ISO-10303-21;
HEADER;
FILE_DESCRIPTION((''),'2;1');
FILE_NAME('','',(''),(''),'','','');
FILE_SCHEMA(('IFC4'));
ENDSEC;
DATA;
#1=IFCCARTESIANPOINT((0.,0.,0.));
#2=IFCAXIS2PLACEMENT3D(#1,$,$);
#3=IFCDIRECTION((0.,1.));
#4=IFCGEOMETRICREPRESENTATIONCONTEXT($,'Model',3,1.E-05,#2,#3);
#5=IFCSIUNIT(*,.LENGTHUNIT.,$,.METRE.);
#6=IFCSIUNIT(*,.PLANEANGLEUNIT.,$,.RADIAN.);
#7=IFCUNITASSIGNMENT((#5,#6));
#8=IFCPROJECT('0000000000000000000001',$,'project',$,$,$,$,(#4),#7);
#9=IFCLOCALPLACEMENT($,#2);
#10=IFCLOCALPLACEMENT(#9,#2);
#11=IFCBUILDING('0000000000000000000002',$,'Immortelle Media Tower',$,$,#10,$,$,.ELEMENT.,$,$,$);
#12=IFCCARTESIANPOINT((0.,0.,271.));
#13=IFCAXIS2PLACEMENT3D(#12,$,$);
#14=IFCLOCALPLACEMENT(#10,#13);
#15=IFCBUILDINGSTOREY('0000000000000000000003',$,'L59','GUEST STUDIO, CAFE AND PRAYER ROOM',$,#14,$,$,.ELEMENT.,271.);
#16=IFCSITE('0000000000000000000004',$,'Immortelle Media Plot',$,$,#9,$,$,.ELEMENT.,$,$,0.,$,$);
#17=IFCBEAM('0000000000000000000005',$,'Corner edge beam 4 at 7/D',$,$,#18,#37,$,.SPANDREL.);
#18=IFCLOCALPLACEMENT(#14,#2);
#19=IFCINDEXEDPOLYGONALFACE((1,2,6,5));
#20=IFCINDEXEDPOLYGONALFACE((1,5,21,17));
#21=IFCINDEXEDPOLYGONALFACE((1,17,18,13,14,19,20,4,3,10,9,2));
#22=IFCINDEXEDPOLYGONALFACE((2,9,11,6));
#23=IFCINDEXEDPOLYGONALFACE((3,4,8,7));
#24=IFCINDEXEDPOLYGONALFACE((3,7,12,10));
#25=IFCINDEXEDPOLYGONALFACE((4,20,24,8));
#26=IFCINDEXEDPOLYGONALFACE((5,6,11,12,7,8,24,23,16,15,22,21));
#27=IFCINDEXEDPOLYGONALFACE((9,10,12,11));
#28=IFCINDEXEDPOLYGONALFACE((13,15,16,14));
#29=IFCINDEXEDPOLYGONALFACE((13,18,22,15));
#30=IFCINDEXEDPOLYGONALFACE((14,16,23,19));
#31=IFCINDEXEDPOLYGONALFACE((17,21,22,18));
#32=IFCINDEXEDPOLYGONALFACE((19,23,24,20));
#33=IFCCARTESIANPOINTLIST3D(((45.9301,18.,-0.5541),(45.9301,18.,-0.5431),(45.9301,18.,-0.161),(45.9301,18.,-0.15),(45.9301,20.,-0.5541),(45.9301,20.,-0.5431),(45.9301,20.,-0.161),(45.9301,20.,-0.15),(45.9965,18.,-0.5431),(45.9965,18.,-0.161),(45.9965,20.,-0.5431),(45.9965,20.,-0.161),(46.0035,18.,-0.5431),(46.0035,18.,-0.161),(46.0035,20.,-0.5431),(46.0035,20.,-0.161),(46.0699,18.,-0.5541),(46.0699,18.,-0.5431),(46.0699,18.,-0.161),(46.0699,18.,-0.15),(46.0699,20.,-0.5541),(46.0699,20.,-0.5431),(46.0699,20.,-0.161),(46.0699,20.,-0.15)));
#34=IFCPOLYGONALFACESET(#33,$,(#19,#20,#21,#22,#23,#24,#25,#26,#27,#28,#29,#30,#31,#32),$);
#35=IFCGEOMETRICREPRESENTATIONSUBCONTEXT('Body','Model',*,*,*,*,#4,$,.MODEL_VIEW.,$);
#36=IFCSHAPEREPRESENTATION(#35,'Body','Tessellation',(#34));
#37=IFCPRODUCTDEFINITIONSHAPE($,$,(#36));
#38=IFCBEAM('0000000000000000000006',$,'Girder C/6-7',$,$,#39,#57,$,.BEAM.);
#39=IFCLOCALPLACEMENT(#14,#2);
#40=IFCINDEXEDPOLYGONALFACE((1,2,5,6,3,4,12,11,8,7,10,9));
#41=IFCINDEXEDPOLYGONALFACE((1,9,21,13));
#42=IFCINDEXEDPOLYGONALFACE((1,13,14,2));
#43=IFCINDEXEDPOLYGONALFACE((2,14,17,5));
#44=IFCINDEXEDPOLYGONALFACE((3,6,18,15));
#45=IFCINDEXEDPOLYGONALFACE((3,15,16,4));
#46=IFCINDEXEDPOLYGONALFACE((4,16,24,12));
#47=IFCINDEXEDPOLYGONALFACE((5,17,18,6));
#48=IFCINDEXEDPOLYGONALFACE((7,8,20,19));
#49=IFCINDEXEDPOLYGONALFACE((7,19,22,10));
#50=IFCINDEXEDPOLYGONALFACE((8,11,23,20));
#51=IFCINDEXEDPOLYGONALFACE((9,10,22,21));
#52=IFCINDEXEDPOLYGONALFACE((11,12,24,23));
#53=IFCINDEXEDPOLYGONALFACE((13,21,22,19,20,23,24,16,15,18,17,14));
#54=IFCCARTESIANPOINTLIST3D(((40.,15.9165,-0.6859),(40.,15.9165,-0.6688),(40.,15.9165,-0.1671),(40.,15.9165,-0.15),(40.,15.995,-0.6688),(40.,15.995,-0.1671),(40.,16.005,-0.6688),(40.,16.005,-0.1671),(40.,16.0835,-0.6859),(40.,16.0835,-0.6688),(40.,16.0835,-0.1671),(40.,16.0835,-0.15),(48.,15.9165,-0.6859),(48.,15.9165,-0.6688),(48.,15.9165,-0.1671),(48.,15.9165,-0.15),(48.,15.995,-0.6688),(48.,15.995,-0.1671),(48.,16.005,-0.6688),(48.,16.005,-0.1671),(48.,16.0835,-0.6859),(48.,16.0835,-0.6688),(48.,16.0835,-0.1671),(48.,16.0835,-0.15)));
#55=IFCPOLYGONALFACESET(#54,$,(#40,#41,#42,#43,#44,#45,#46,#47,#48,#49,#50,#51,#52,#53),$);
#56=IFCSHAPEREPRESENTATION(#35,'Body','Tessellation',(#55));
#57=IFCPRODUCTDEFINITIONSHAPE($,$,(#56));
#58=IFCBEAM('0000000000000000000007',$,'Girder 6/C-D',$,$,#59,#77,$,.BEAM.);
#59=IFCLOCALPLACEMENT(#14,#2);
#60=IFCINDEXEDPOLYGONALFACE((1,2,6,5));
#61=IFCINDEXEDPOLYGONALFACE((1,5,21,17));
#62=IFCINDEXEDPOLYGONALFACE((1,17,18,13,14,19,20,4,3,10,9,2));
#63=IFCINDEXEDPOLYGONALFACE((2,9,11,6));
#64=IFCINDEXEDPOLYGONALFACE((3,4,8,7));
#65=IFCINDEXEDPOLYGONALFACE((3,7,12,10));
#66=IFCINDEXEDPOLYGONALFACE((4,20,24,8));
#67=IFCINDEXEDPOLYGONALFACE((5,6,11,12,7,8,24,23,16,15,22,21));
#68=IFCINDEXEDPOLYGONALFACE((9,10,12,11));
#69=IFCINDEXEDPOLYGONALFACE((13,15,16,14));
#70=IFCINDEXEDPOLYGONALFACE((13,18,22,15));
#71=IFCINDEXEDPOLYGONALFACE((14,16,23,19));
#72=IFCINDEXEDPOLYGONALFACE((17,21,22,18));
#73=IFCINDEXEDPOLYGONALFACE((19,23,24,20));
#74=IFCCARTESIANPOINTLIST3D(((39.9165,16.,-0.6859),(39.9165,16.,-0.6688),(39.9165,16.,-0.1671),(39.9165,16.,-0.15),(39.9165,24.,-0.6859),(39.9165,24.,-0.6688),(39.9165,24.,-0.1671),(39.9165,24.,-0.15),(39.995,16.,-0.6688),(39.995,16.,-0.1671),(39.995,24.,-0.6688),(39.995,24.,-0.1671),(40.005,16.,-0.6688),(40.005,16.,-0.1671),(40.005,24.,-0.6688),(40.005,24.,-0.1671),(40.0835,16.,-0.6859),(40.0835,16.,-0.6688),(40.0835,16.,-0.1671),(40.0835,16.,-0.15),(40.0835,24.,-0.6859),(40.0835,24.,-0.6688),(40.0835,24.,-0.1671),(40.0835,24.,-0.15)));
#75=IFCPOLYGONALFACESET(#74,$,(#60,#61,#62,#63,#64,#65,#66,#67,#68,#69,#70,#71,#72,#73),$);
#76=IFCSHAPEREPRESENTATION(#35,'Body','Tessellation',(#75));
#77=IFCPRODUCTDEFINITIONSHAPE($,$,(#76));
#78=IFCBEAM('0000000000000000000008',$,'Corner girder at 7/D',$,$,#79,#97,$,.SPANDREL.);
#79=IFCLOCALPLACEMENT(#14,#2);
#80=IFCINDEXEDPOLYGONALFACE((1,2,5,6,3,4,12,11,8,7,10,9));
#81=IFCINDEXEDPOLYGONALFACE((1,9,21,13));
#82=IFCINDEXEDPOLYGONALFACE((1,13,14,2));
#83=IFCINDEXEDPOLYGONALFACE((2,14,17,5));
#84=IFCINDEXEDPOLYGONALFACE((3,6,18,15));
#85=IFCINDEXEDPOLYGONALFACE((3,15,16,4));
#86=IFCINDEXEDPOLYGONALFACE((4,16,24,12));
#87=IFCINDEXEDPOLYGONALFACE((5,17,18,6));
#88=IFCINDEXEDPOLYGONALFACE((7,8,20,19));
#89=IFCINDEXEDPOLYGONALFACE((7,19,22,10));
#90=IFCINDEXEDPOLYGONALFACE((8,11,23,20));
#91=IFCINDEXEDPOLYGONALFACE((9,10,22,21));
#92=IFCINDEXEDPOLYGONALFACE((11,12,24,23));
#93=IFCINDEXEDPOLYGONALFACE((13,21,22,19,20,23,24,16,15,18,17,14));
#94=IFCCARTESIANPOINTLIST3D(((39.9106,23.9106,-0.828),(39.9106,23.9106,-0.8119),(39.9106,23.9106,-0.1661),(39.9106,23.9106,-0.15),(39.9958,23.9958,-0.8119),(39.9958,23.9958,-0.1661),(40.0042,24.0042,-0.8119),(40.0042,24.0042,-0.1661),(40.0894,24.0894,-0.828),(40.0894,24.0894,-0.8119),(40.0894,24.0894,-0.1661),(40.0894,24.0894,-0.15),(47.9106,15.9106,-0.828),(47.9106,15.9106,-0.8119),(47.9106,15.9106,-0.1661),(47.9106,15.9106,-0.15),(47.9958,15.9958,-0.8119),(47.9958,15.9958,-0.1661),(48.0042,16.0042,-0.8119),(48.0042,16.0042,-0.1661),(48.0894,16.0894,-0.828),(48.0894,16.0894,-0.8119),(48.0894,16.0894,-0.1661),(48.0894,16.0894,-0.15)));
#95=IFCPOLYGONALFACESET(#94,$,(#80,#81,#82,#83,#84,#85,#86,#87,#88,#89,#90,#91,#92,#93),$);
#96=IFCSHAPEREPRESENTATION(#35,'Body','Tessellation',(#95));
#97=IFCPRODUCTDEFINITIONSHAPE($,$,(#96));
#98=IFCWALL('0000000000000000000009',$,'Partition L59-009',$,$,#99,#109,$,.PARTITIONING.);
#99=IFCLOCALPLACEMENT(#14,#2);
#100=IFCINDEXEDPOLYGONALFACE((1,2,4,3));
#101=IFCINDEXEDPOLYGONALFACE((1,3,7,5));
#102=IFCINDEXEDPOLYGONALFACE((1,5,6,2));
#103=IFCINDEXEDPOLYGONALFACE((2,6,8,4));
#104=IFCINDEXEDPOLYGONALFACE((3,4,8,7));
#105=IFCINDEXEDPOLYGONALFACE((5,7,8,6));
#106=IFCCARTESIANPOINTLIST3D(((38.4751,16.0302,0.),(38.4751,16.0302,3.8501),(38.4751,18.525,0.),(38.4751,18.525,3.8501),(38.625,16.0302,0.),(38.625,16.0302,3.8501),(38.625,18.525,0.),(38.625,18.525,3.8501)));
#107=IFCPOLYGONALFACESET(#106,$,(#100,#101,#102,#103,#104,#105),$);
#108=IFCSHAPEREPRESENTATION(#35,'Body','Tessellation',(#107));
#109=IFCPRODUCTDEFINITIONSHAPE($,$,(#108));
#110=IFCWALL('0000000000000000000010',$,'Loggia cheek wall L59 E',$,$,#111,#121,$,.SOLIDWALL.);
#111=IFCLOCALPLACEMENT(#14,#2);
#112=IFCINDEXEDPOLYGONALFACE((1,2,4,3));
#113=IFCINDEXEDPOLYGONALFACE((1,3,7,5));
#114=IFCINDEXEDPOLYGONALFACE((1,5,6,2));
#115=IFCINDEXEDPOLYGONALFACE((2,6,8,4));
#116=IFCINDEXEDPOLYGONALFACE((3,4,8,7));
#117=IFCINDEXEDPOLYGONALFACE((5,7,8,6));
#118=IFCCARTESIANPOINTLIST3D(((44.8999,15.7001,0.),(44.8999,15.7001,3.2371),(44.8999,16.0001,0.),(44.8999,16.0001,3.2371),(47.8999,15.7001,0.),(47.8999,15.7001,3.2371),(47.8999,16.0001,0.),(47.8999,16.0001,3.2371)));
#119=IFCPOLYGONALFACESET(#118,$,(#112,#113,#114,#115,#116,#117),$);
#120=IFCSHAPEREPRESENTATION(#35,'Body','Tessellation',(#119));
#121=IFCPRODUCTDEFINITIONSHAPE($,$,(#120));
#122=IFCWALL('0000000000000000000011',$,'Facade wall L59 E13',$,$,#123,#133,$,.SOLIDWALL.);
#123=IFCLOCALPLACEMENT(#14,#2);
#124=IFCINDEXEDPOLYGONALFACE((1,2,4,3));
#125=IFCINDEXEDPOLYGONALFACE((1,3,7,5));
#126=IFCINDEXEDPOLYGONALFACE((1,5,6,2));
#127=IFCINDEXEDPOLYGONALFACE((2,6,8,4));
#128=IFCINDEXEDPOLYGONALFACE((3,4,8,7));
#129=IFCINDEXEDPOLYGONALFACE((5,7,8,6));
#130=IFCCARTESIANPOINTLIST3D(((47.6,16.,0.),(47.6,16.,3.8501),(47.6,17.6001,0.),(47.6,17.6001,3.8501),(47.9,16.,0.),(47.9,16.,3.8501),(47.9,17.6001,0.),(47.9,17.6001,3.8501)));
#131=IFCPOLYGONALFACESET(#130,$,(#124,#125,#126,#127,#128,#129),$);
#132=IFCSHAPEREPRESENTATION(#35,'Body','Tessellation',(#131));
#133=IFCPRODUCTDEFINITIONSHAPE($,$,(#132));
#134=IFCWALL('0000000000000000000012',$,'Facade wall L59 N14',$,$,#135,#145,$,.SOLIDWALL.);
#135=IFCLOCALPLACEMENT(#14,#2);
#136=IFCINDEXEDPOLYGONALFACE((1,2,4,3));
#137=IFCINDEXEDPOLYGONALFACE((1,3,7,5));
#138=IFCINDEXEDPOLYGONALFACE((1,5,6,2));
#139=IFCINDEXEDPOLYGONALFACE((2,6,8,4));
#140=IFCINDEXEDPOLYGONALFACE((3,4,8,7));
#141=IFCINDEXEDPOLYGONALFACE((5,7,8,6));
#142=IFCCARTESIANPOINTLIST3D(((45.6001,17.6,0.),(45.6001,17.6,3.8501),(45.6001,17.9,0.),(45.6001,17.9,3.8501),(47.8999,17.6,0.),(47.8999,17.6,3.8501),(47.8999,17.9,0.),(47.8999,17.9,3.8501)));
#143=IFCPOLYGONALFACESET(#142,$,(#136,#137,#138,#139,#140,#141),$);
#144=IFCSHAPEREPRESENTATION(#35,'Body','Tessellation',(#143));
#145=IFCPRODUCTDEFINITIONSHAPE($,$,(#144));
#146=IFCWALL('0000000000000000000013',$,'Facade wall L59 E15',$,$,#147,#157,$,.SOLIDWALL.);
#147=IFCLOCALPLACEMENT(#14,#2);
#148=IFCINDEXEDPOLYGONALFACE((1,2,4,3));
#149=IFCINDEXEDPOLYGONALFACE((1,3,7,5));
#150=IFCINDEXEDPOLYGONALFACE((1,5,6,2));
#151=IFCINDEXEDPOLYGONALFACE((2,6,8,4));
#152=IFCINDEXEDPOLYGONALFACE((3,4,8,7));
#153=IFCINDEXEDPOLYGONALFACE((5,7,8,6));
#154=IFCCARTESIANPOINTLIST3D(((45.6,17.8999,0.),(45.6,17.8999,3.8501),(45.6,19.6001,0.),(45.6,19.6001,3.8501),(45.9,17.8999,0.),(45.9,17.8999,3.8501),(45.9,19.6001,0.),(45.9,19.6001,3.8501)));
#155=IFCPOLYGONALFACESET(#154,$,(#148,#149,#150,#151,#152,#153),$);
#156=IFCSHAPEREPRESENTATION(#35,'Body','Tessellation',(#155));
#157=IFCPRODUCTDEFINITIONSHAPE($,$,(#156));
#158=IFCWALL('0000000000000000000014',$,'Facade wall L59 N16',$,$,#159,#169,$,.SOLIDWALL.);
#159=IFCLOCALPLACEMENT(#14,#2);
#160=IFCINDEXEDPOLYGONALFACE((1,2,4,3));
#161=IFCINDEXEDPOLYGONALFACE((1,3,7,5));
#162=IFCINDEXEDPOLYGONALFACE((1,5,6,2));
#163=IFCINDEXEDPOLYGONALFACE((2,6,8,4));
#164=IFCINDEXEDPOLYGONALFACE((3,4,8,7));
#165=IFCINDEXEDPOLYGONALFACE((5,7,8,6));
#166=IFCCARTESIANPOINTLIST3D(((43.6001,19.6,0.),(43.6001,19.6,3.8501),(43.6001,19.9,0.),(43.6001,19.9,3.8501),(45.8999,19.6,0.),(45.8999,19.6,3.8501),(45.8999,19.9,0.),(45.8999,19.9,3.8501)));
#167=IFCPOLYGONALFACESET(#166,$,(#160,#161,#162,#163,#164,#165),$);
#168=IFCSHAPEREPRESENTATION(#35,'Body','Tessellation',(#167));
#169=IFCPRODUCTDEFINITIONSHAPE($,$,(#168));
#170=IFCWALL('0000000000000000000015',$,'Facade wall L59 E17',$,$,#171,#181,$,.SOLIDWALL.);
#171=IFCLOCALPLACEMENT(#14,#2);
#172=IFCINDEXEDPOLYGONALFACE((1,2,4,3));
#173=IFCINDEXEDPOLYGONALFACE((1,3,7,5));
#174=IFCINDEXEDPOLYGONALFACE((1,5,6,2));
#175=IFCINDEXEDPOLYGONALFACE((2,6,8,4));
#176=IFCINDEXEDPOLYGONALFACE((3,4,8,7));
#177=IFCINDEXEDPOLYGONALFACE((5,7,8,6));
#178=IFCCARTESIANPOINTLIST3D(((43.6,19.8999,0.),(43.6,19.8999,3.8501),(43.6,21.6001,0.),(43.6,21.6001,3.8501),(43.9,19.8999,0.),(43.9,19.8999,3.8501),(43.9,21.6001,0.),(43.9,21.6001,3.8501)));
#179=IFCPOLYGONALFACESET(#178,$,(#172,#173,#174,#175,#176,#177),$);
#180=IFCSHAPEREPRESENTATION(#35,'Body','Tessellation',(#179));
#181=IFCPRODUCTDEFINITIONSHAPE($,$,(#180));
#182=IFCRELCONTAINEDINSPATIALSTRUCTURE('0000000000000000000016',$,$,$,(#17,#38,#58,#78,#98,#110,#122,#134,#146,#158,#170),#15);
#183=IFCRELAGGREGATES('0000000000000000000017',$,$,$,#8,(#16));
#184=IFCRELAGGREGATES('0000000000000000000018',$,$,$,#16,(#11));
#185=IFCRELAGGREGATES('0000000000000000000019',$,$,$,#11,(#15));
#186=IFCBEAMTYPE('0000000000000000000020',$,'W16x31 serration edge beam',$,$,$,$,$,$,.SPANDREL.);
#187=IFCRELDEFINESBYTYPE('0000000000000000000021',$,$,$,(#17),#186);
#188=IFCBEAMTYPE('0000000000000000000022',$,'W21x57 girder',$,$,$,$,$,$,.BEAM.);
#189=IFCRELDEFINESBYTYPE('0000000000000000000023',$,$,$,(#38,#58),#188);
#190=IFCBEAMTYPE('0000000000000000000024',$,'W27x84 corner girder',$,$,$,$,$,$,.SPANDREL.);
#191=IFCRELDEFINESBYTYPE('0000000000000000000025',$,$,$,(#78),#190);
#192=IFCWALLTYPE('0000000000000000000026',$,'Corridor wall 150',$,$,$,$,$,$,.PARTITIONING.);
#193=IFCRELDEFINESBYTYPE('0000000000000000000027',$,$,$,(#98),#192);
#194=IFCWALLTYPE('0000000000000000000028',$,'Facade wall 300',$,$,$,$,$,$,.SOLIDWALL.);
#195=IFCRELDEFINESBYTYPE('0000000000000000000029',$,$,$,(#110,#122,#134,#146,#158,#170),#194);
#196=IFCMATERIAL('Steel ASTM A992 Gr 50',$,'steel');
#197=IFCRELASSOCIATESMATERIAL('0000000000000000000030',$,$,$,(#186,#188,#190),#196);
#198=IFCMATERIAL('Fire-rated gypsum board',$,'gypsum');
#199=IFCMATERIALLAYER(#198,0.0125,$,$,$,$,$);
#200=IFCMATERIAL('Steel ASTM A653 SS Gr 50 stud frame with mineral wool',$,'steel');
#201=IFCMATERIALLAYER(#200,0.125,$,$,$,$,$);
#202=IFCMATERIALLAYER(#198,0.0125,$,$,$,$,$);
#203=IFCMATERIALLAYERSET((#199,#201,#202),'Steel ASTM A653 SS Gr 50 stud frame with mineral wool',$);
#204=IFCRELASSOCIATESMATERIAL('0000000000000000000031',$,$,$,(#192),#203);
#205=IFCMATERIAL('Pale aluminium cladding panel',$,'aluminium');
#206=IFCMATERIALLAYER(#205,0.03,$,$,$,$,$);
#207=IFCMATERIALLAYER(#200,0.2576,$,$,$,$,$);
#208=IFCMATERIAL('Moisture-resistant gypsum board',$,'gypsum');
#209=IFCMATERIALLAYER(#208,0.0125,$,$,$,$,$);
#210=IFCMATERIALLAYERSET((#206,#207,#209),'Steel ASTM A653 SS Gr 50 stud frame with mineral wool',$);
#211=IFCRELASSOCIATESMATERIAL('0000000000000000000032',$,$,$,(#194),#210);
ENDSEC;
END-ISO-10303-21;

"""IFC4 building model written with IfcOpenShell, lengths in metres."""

from ifc_helpers import new_model, si_unit, direction, frame, frame_2d, origin, origin_2d, place, context, subcontext, project, spatial, rectangle, i_section, extrude, material, layer, layer_set, material_profile, profile_set, type_object, element, save


model = new_model("IFC4")

# Units and contexts
model_context = context("Model", 3, precision=1e-05, world=origin(), true_north=direction((0.0, 1.0)))
body_context = subcontext(model_context, "Body", "Model", "MODEL_VIEW")
ifc_project = project(units=[si_unit("LENGTHUNIT", "METRE"), si_unit("PLANEANGLEUNIT", "RADIAN")], contexts=[model_context])

# Site, building, storey
site_placement = place(None, origin())
site = spatial("IfcSite", under=ifc_project, at=site_placement, Name="Immortelle Media Plot", CompositionType="ELEMENT", RefElevation=0.0)
building_placement = place(site_placement, origin())
building = spatial("IfcBuilding", under=site, at=building_placement, Name="Immortelle Media Tower", CompositionType="ELEMENT")
storey_placement = place(building_placement, frame((0.0, 0.0, 271.0)))
storey = spatial("IfcBuildingStorey", under=building, at=storey_placement, Name="L59", Description="GUEST STUDIO, CAFE AND PRAYER ROOM", CompositionType="ELEMENT", Elevation=271.0)

# Shared definitions
ifc_material_1 = material(Name="Steel ASTM A992 Gr 50", Category="steel")

# Beams
ifc_material_profile_1 = material_profile(ifc_material_1, i_section(OverallWidth=0.1399, OverallDepth=0.4041, WebThickness=0.0071, FlangeThickness=0.011, at=origin_2d()), Name="W16x31")
ifc_profile_set_1 = profile_set([ifc_material_profile_1], Name="Steel ASTM A992 Gr 50")
beam_type_1 = type_object("IfcBeamType", Name="W16x31 serration edge beam", PredefinedType="SPANDREL", material=ifc_profile_set_1)
for number, where, z_axis, x_axis, name in (
    (1, (46.0, 20.0, -0.3521), (0.0, -1.0, 0.0), (1.0, 0.0, 0.0), "Corner edge beam 4 at 7/D"),
):
    element("IfcBeam", number, at=place(storey_placement, frame(where, z_axis=z_axis, x_axis=x_axis)), inside=storey, type_object=beam_type_1, Name=name, PredefinedType="SPANDREL", context=body_context, shape_type="SweptSolid", body=[
        extrude(i_section(OverallWidth=0.1399, OverallDepth=0.4041, WebThickness=0.0071, FlangeThickness=0.011, at=origin_2d()), origin(), (0.0, 0.0, 1.0), 2.0),
    ])
ifc_material_profile_2 = material_profile(ifc_material_1, i_section(OverallWidth=0.167, OverallDepth=0.5359, WebThickness=0.01, FlangeThickness=0.0171, at=origin_2d()), Name="W21x57")
ifc_profile_set_2 = profile_set([ifc_material_profile_2], Name="Steel ASTM A992 Gr 50")
beam_type_2 = type_object("IfcBeamType", Name="W21x57 girder", PredefinedType="BEAM", material=ifc_profile_set_2)
for number, where, z_axis, x_axis, name in (
    (2, (40.0, 16.0, -0.418), (1.0, 0.0, 0.0), (0.0, 1.0, 0.0), "Girder C/6-7"),
    (3, (40.0, 16.0, -0.418), (0.0, 1.0, 0.0), (-1.0, 0.0, 0.0), "Girder 6/C-D"),
):
    element("IfcBeam", number, at=place(storey_placement, frame(where, z_axis=z_axis, x_axis=x_axis)), inside=storey, type_object=beam_type_2, Name=name, PredefinedType="BEAM", context=body_context, shape_type="SweptSolid", body=[
        extrude(i_section(OverallWidth=0.167, OverallDepth=0.5359, WebThickness=0.01, FlangeThickness=0.0171, at=origin_2d()), origin(), (0.0, 0.0, 1.0), 8.0),
    ])
ifc_material_profile_3 = material_profile(ifc_material_1, i_section(OverallWidth=0.2529, OverallDepth=0.678, WebThickness=0.012, FlangeThickness=0.0161, at=origin_2d()), Name="W27x84")
ifc_profile_set_3 = profile_set([ifc_material_profile_3], Name="Steel ASTM A992 Gr 50")
beam_type_3 = type_object("IfcBeamType", Name="W27x84 corner girder", PredefinedType="SPANDREL", material=ifc_profile_set_3)
beam_1_placement = place(storey_placement, frame((40.0, 24.0, -0.489), z_axis=(0.707107, -0.707107, 0.0), x_axis=(0.707107, 0.707107, 0.0)))
element("IfcBeam", 4, at=beam_1_placement, inside=storey, type_object=beam_type_3, Name="Corner girder at 7/D", PredefinedType="SPANDREL", context=body_context, shape_type="SweptSolid", body=[
    extrude(i_section(OverallWidth=0.2529, OverallDepth=0.678, WebThickness=0.012, FlangeThickness=0.0161, at=origin_2d()), origin(), (0.0, 0.0, 1.0), 11.3137),
])

# Walls
ifc_material_2 = material(Name="Fire-rated gypsum board", Category="gypsum")
ifc_layer_1 = layer(ifc_material_2, 0.0125)
ifc_material_3 = material(Name="Steel ASTM A653 SS Gr 50 stud frame with mineral wool", Category="steel")
ifc_layer_2 = layer(ifc_material_3, 0.125)
ifc_layer_3 = layer(ifc_material_2, 0.0125)
ifc_layer_set_1 = layer_set([ifc_layer_1, ifc_layer_2, ifc_layer_3], Name="Steel ASTM A653 SS Gr 50 stud frame with mineral wool")
wall_type_1 = type_object("IfcWallType", Name="Corridor wall 150", PredefinedType="PARTITIONING", material=ifc_layer_set_1)
wall_1_placement = place(storey_placement, frame((38.55, 16.03, 0.0), z_axis=(0.0, 0.0, 1.0), x_axis=(0.0, 1.0, 0.0)))
element("IfcWall", 5, at=wall_1_placement, inside=storey, type_object=wall_type_1, Name="Partition L59-009", PredefinedType="PARTITIONING", context=body_context, shape_type="SweptSolid", body=[
    extrude(rectangle(XDim=2.4949, YDim=0.1499, at=frame_2d((1.2476, 0.0))), origin(), (0.0, 0.0, 1.0), 3.8501),
])
ifc_material_4 = material(Name="Pale aluminium cladding panel", Category="aluminium")
ifc_layer_4 = layer(ifc_material_4, 0.03)
ifc_layer_5 = layer(ifc_material_3, 0.2576)
ifc_material_5 = material(Name="Moisture-resistant gypsum board", Category="gypsum")
ifc_layer_6 = layer(ifc_material_5, 0.0125)
ifc_layer_set_2 = layer_set([ifc_layer_4, ifc_layer_5, ifc_layer_6], Name="Steel ASTM A653 SS Gr 50 stud frame with mineral wool")
wall_type_2 = type_object("IfcWallType", Name="Facade wall 300", PredefinedType="SOLIDWALL", material=ifc_layer_set_2)
wall_2_placement = place(storey_placement, frame((47.8999, 15.8501, 0.0), z_axis=(0.0, 0.0, 1.0), x_axis=(-1.0, 0.0, 0.0)))
element("IfcWall", 6, at=wall_2_placement, inside=storey, type_object=wall_type_2, Name="Loggia cheek wall L59 E", PredefinedType="SOLIDWALL", context=body_context, shape_type="SweptSolid", body=[
    extrude(rectangle(XDim=3.0, YDim=0.3, at=frame_2d((1.5, 0.0))), origin(), (0.0, 0.0, 1.0), 3.2371),
])
wall_3_placement = place(storey_placement, frame((47.75, 16.0, 0.0), z_axis=(0.0, 0.0, 1.0), x_axis=(0.0, 1.0, 0.0)))
element("IfcWall", 7, at=wall_3_placement, inside=storey, type_object=wall_type_2, Name="Facade wall L59 E13", PredefinedType="SOLIDWALL", context=body_context, shape_type="SweptSolid", body=[
    extrude(rectangle(XDim=1.6001, YDim=0.3, at=frame_2d((0.8, 0.0))), origin(), (0.0, 0.0, 1.0), 3.8501),
])
wall_4_placement = place(storey_placement, frame((47.8999, 17.75, 0.0), z_axis=(0.0, 0.0, 1.0), x_axis=(-1.0, 0.0, 0.0)))
element("IfcWall", 8, at=wall_4_placement, inside=storey, type_object=wall_type_2, Name="Facade wall L59 N14", PredefinedType="SOLIDWALL", context=body_context, shape_type="SweptSolid", body=[
    extrude(rectangle(XDim=2.2998, YDim=0.3, at=frame_2d((1.1499, 0.0))), origin(), (0.0, 0.0, 1.0), 3.8501),
])
wall_5_placement = place(storey_placement, frame((45.75, 17.8999, 0.0), z_axis=(0.0, 0.0, 1.0), x_axis=(0.0, 1.0, 0.0)))
element("IfcWall", 9, at=wall_5_placement, inside=storey, type_object=wall_type_2, Name="Facade wall L59 E15", PredefinedType="SOLIDWALL", context=body_context, shape_type="SweptSolid", body=[
    extrude(rectangle(XDim=1.7002, YDim=0.3, at=frame_2d((0.8501, 0.0))), origin(), (0.0, 0.0, 1.0), 3.8501),
])
wall_6_placement = place(storey_placement, frame((45.8999, 19.75, 0.0), z_axis=(0.0, 0.0, 1.0), x_axis=(-1.0, 0.0, 0.0)))
element("IfcWall", 10, at=wall_6_placement, inside=storey, type_object=wall_type_2, Name="Facade wall L59 N16", PredefinedType="SOLIDWALL", context=body_context, shape_type="SweptSolid", body=[
    extrude(rectangle(XDim=2.2998, YDim=0.3, at=frame_2d((1.1499, 0.0))), origin(), (0.0, 0.0, 1.0), 3.8501),
])
wall_7_placement = place(storey_placement, frame((43.75, 19.8999, 0.0), z_axis=(0.0, 0.0, 1.0), x_axis=(0.0, 1.0, 0.0)))
element("IfcWall", 11, at=wall_7_placement, inside=storey, type_object=wall_type_2, Name="Facade wall L59 E17", PredefinedType="SOLIDWALL", context=body_context, shape_type="SweptSolid", body=[
    extrude(rectangle(XDim=1.7002, YDim=0.3, at=frame_2d((0.8501, 0.0))), origin(), (0.0, 0.0, 1.0), 3.8501),
])

save(model, "model.ifc")
